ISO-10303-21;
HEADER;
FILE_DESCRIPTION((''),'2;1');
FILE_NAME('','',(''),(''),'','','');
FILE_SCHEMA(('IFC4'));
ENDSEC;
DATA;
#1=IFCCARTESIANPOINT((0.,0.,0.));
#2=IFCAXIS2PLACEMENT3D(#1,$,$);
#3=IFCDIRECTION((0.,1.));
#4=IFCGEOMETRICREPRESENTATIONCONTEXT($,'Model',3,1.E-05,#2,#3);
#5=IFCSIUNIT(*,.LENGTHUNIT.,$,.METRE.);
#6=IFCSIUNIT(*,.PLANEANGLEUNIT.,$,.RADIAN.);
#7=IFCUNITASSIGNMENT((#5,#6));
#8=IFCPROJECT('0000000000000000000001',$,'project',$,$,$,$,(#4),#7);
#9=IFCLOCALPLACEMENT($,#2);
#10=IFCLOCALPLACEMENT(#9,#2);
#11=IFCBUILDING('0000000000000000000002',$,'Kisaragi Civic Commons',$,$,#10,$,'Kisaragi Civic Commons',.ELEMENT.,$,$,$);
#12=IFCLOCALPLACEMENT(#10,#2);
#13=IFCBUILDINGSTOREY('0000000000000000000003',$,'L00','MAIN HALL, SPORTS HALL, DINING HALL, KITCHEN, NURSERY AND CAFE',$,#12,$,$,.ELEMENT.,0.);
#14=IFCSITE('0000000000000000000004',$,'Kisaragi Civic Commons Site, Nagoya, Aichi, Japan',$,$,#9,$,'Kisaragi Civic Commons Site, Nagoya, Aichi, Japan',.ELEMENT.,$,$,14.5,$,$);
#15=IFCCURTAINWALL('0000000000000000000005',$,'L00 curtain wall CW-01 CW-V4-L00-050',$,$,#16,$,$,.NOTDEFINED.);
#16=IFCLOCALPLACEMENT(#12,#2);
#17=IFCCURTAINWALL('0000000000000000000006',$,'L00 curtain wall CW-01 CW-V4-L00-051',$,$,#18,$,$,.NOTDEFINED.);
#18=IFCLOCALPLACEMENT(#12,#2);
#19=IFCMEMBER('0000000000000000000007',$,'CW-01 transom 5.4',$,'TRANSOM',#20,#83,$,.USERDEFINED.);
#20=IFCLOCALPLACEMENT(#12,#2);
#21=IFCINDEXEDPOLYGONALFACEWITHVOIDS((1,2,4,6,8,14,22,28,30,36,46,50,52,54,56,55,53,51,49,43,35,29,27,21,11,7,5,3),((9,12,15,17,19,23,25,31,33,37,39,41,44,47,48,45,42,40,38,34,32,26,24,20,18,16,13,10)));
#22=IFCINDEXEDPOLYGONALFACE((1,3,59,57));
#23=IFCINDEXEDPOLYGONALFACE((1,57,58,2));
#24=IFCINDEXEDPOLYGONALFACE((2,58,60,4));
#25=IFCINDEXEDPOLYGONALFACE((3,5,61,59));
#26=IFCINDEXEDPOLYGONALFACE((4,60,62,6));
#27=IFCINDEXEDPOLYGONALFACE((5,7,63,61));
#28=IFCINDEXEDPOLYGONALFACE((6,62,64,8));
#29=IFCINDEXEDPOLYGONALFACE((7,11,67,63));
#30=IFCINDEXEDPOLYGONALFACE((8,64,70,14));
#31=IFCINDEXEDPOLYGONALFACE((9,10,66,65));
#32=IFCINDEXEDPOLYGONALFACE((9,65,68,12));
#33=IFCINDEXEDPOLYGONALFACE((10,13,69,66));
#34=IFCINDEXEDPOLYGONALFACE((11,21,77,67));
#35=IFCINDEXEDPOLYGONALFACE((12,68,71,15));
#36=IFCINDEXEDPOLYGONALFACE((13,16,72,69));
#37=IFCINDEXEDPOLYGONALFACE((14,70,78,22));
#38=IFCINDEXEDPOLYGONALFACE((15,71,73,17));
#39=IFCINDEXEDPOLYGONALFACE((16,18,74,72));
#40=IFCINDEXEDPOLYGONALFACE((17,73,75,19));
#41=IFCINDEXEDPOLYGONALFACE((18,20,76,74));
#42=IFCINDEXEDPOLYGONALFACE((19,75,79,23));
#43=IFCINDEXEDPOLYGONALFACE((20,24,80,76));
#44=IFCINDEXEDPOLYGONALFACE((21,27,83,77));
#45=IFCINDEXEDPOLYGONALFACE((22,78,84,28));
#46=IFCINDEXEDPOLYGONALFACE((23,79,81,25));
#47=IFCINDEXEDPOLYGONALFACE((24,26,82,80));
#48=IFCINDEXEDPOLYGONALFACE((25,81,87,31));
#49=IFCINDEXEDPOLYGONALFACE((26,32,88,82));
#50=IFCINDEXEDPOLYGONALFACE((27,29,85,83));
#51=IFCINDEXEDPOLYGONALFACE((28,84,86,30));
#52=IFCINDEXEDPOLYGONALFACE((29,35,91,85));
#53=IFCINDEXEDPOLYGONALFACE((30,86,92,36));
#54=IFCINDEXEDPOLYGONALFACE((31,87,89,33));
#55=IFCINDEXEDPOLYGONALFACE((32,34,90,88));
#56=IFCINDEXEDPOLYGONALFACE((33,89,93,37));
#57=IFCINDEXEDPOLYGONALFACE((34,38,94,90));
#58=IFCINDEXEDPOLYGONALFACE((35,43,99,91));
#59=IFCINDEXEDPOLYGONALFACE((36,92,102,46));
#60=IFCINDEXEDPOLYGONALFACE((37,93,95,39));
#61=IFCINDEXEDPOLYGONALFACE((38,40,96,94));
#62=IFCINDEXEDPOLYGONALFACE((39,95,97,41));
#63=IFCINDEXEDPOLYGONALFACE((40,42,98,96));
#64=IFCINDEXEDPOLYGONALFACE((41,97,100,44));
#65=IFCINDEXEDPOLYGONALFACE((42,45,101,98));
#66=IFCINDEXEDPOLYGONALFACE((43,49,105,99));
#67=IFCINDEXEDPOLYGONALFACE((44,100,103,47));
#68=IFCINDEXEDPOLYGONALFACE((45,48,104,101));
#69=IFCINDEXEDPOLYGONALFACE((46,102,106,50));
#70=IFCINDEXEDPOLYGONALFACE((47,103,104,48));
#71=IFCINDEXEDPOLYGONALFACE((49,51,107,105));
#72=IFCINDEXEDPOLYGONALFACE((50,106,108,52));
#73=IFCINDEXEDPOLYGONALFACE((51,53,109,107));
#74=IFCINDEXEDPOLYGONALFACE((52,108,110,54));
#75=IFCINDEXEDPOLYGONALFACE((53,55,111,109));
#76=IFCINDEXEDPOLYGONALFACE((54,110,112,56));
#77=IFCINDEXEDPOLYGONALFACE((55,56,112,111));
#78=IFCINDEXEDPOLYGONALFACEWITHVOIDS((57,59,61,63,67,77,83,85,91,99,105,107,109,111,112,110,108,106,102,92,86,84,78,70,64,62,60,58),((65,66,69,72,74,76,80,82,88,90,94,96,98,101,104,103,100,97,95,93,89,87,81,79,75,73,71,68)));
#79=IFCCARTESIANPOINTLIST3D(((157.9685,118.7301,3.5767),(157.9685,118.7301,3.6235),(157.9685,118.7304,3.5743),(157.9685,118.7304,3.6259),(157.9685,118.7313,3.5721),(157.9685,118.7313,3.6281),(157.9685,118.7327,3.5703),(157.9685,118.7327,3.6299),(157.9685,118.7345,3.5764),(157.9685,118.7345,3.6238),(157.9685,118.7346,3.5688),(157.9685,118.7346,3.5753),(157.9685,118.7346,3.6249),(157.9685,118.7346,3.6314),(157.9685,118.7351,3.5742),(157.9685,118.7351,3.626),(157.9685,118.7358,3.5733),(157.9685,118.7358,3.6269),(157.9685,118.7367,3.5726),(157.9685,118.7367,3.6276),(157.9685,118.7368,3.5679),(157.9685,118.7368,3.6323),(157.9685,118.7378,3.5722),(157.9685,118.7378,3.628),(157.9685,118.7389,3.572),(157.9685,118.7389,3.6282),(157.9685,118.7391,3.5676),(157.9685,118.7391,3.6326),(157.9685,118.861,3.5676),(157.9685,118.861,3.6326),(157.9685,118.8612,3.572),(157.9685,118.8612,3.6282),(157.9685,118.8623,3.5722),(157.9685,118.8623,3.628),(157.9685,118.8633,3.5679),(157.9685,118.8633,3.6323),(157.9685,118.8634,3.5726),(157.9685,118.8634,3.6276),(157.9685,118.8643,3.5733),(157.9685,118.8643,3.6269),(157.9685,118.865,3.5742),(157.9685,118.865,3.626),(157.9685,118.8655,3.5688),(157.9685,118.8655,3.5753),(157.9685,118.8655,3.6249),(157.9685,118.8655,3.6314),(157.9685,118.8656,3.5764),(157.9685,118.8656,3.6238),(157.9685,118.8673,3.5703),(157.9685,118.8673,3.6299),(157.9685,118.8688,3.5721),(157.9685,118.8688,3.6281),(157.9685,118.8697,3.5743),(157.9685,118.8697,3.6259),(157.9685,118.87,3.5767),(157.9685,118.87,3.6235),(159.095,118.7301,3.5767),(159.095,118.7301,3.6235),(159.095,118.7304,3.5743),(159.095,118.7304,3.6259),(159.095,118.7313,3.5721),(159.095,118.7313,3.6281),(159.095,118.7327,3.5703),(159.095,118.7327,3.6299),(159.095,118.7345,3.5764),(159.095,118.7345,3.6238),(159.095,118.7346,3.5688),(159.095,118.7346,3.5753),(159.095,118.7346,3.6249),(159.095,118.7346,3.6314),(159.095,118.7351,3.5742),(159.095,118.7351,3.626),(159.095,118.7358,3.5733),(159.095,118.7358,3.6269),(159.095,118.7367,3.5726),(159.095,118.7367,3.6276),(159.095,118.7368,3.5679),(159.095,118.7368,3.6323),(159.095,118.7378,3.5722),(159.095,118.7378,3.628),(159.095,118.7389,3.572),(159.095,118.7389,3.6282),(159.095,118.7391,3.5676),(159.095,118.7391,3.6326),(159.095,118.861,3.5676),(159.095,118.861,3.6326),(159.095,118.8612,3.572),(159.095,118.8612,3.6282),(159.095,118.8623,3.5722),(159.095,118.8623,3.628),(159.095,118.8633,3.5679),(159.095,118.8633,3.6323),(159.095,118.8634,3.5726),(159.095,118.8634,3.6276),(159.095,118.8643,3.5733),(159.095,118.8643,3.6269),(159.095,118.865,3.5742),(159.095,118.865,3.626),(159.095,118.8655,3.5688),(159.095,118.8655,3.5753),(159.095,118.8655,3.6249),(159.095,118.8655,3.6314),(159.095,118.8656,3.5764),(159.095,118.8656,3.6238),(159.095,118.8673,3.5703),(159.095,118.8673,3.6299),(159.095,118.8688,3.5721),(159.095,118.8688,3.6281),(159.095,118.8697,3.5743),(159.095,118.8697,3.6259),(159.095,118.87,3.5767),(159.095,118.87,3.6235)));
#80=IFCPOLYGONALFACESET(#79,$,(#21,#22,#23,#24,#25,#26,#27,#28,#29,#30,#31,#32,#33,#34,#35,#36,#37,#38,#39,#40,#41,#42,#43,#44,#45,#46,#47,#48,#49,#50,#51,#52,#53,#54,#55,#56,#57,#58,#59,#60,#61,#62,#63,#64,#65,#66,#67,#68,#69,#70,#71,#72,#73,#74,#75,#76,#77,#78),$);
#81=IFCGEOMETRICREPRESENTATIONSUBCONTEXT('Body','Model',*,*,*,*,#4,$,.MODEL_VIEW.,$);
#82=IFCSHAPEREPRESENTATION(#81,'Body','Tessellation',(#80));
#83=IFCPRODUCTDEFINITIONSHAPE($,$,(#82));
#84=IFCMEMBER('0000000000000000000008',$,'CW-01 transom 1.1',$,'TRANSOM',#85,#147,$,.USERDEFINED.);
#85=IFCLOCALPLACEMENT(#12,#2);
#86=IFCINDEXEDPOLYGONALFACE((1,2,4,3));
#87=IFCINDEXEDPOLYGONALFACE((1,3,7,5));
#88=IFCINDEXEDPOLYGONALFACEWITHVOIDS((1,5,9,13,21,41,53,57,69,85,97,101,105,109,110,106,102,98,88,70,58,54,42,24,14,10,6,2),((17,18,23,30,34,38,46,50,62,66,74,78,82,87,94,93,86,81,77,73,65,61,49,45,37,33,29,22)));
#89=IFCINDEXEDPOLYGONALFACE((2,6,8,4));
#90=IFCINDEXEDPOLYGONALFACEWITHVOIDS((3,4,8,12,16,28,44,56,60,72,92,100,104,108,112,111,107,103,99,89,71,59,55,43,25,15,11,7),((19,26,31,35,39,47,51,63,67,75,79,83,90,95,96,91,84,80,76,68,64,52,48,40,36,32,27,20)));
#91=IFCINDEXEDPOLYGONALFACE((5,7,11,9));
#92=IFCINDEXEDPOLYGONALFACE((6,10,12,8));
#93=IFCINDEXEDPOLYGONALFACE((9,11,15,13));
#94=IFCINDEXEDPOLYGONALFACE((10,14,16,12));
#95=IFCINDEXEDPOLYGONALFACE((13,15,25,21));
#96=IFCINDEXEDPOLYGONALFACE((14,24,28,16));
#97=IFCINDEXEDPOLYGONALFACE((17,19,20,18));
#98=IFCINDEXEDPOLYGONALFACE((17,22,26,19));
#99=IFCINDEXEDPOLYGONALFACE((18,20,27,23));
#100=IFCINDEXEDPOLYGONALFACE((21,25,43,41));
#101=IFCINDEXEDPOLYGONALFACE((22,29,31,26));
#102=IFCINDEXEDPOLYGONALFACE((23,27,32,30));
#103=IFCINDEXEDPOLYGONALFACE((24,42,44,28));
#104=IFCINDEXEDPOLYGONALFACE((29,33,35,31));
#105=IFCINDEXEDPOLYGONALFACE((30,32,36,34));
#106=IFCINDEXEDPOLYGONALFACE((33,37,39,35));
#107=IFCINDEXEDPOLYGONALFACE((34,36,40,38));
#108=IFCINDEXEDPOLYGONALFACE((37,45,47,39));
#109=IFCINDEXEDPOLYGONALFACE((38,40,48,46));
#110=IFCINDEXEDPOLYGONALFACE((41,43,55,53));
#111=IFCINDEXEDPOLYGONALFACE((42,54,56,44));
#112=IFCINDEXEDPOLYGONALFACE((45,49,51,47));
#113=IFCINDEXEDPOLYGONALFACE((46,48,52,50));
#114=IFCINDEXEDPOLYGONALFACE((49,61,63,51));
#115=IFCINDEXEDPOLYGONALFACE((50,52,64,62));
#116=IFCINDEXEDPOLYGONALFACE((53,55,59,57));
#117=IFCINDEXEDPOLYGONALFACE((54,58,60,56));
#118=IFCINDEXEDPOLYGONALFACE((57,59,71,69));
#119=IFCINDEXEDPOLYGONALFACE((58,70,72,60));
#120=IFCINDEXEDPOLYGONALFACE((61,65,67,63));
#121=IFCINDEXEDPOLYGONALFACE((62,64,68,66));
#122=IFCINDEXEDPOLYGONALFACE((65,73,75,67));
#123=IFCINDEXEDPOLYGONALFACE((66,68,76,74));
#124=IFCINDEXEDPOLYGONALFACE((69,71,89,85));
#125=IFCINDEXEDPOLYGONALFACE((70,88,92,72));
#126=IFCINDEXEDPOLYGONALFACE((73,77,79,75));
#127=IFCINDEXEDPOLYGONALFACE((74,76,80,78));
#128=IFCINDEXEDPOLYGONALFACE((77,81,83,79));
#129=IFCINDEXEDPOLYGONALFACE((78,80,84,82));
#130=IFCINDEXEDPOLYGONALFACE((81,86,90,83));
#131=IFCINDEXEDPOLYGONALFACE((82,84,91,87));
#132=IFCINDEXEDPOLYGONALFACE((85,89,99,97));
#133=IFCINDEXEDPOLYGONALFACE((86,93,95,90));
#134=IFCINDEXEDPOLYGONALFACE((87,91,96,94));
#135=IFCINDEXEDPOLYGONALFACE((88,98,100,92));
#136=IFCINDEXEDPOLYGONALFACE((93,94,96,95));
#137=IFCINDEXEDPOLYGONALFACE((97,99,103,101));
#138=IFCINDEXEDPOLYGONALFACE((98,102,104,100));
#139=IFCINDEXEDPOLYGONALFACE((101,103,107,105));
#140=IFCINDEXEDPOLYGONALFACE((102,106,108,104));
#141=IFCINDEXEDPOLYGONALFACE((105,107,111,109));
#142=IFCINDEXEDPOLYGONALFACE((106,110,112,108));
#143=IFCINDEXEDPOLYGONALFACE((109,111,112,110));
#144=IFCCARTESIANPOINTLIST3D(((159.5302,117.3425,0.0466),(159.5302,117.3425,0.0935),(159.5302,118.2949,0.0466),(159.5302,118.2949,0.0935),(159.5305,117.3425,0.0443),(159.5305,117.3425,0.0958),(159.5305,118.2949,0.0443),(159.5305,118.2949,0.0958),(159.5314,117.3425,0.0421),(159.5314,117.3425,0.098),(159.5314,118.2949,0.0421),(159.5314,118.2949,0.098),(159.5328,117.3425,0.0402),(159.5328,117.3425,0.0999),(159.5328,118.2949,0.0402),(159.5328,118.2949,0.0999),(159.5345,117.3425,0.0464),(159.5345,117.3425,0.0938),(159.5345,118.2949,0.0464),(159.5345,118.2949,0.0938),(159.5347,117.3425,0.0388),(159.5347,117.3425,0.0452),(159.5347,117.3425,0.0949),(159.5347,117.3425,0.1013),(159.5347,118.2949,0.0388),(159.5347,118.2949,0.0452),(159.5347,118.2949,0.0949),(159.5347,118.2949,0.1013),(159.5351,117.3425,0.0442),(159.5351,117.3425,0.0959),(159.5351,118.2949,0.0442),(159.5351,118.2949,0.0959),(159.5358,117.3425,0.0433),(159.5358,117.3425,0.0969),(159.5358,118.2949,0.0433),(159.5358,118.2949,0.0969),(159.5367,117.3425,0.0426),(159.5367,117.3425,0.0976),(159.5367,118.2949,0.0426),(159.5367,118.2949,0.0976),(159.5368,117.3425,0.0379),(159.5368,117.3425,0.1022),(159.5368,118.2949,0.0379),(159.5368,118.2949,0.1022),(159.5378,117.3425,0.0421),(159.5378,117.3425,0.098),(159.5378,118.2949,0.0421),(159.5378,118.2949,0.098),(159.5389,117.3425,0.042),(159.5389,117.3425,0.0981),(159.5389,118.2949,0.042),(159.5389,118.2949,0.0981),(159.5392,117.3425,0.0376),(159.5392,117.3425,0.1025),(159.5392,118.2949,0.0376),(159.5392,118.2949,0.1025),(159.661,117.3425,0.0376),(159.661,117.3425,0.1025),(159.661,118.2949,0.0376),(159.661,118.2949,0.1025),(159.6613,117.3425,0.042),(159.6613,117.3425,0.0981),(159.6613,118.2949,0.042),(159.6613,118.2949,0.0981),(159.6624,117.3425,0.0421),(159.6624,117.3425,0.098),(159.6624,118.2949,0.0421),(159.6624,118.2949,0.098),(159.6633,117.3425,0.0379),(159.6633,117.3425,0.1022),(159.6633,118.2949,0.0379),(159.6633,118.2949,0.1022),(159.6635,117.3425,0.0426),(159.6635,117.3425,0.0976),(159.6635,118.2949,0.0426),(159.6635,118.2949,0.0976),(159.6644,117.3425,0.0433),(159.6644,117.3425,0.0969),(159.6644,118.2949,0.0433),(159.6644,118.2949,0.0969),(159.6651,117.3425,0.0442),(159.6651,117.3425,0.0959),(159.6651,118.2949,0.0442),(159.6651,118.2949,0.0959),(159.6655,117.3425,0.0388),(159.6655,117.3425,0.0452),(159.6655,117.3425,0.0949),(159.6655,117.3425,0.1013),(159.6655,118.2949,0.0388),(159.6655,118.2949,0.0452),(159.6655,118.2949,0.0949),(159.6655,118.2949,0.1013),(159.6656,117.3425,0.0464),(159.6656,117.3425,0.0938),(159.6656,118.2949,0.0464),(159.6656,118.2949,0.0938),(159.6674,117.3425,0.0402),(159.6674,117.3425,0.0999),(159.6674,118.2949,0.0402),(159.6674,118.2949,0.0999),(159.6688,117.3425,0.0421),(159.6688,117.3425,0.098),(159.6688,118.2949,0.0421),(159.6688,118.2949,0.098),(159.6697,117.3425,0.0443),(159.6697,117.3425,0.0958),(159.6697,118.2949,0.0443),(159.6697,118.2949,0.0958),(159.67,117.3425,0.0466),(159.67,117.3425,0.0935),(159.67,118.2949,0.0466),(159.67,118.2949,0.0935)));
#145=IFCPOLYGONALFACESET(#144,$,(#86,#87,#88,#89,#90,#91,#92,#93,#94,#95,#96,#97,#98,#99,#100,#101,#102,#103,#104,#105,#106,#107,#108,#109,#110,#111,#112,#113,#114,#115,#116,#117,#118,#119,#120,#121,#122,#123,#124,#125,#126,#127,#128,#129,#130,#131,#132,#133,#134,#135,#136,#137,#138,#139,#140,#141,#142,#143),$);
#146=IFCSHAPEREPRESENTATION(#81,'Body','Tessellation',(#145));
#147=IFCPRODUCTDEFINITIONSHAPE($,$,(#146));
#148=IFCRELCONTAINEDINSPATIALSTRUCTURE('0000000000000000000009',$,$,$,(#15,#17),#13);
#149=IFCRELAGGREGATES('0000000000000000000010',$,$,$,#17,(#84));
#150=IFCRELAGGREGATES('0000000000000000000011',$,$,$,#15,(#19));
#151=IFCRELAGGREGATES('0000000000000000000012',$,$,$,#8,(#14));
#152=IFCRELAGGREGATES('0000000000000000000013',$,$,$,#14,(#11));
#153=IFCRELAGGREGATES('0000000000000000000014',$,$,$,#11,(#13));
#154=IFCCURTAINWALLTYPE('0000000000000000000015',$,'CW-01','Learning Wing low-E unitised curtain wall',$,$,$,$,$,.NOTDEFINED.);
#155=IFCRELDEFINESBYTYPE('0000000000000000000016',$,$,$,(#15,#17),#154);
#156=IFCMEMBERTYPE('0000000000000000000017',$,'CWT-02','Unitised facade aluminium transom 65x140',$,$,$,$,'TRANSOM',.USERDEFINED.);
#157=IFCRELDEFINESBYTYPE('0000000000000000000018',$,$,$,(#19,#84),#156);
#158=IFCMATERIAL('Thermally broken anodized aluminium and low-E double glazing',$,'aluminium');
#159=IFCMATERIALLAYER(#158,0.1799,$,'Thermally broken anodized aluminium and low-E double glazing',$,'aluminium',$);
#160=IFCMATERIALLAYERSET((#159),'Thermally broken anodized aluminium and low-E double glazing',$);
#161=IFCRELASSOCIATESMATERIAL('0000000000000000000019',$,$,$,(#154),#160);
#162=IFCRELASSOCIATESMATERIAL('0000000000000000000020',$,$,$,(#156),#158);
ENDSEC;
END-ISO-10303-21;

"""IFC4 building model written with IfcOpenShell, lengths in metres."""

from ifc_helpers import new_model, si_unit, direction, frame, origin, origin_2d, place, context, subcontext, project, spatial, hollow_rectangle, extrude, material, layer, layer_set, material_profile, profile_set, type_object, element, aggregate, save


model = new_model("IFC4")

# Units and contexts
model_context = context("Model", 3, precision=1e-05, world=origin(), true_north=direction((0.0, 1.0)))
body_context = subcontext(model_context, "Body", "Model", "MODEL_VIEW")
ifc_project = project(units=[si_unit("LENGTHUNIT", "METRE"), si_unit("PLANEANGLEUNIT", "RADIAN")], contexts=[model_context])

# Site, building, storey
site_placement = place(None, origin())
site = spatial("IfcSite", under=ifc_project, at=site_placement, Name="Kisaragi Civic Commons Site, Nagoya, Aichi, Japan", LongName="Kisaragi Civic Commons Site, Nagoya, Aichi, Japan", CompositionType="ELEMENT", RefElevation=14.5)
building_placement = place(site_placement, origin())
building = spatial("IfcBuilding", under=site, at=building_placement, Name="Kisaragi Civic Commons", LongName="Kisaragi Civic Commons", CompositionType="ELEMENT")
storey_placement = place(building_placement, origin())
storey = spatial("IfcBuildingStorey", under=building, at=storey_placement, Name="L00", Description="MAIN HALL, SPORTS HALL, DINING HALL, KITCHEN, NURSERY AND CAFE", CompositionType="ELEMENT", Elevation=0.0)

# Curtain wall
ifc_material_1 = material(Name="Thermally broken anodized aluminium and low-E double glazing", Category="aluminium")
ifc_layer_1 = layer(ifc_material_1, 0.1799, Name="Thermally broken anodized aluminium and low-E double glazing", Category="aluminium")
ifc_layer_set_1 = layer_set([ifc_layer_1], Name="Thermally broken anodized aluminium and low-E double glazing")
curtain_wall_type = type_object("IfcCurtainWallType", Name="CW-01", Description="Learning Wing low-E unitised curtain wall", PredefinedType="NOTDEFINED", material=ifc_layer_set_1)
curtain_wall_1_placement = place(storey_placement, origin())
curtain_wall_1 = element("IfcCurtainWall", 1, at=curtain_wall_1_placement, inside=storey, type_object=curtain_wall_type, Name="L00 curtain wall CW-01 CW-V4-L00-050", PredefinedType="NOTDEFINED")

# Curtain wall
curtain_wall_2_placement = place(storey_placement, origin())
curtain_wall_2 = element("IfcCurtainWall", 2, at=curtain_wall_2_placement, inside=storey, type_object=curtain_wall_type, Name="L00 curtain wall CW-01 CW-V4-L00-051", PredefinedType="NOTDEFINED")

# Members
ifc_material_profile_1 = material_profile(ifc_material_1, hollow_rectangle(XDim=0.1399, YDim=0.0649, WallThickness=0.0044, InnerFilletRadius=0.0044, OuterFilletRadius=0.009, at=origin_2d()), Name="CWT-65x140x4.5", Category="aluminium")
ifc_profile_set_1 = profile_set([ifc_material_profile_1], Name="Thermally broken anodized aluminium and low-E double glazing")
member_type_1 = type_object("IfcMemberType", Name="CWT-02", Description="Unitised facade aluminium transom 65x140", ElementType="TRANSOM", PredefinedType="USERDEFINED", material=ifc_profile_set_1)
member_1_placement = place(storey_placement, frame((157.9685, 118.8, 3.6001), z_axis=(1.0, 0.0, 0.0), x_axis=(0.0, 1.0, 0.0)))
member_1 = element("IfcMember", 3, at=member_1_placement, type_object=member_type_1, Name="CW-01 transom 5.4", ObjectType="TRANSOM", PredefinedType="USERDEFINED", context=body_context, shape_type="SweptSolid", body=[
    extrude(hollow_rectangle(XDim=0.1399, YDim=0.0649, WallThickness=0.0044, InnerFilletRadius=0.0044, OuterFilletRadius=0.009, at=origin_2d()), origin(), (0.0, 0.0, 1.0), 1.1265),
])
member_2_placement = place(storey_placement, frame((159.6001, 118.2949, 0.0701), z_axis=(0.0, -1.0, 0.0), x_axis=(1.0, 0.0, 0.0)))
member_2 = element("IfcMember", 4, at=member_2_placement, type_object=member_type_1, Name="CW-01 transom 1.1", ObjectType="TRANSOM", PredefinedType="USERDEFINED", context=body_context, shape_type="SweptSolid", body=[
    extrude(hollow_rectangle(XDim=0.1399, YDim=0.0649, WallThickness=0.0044, InnerFilletRadius=0.0044, OuterFilletRadius=0.009, at=origin_2d()), origin(), (0.0, 0.0, 1.0), 0.9524),
])
aggregate(curtain_wall_2, [member_2])

aggregate(curtain_wall_1, [member_1])

save(model, "model.ifc")
